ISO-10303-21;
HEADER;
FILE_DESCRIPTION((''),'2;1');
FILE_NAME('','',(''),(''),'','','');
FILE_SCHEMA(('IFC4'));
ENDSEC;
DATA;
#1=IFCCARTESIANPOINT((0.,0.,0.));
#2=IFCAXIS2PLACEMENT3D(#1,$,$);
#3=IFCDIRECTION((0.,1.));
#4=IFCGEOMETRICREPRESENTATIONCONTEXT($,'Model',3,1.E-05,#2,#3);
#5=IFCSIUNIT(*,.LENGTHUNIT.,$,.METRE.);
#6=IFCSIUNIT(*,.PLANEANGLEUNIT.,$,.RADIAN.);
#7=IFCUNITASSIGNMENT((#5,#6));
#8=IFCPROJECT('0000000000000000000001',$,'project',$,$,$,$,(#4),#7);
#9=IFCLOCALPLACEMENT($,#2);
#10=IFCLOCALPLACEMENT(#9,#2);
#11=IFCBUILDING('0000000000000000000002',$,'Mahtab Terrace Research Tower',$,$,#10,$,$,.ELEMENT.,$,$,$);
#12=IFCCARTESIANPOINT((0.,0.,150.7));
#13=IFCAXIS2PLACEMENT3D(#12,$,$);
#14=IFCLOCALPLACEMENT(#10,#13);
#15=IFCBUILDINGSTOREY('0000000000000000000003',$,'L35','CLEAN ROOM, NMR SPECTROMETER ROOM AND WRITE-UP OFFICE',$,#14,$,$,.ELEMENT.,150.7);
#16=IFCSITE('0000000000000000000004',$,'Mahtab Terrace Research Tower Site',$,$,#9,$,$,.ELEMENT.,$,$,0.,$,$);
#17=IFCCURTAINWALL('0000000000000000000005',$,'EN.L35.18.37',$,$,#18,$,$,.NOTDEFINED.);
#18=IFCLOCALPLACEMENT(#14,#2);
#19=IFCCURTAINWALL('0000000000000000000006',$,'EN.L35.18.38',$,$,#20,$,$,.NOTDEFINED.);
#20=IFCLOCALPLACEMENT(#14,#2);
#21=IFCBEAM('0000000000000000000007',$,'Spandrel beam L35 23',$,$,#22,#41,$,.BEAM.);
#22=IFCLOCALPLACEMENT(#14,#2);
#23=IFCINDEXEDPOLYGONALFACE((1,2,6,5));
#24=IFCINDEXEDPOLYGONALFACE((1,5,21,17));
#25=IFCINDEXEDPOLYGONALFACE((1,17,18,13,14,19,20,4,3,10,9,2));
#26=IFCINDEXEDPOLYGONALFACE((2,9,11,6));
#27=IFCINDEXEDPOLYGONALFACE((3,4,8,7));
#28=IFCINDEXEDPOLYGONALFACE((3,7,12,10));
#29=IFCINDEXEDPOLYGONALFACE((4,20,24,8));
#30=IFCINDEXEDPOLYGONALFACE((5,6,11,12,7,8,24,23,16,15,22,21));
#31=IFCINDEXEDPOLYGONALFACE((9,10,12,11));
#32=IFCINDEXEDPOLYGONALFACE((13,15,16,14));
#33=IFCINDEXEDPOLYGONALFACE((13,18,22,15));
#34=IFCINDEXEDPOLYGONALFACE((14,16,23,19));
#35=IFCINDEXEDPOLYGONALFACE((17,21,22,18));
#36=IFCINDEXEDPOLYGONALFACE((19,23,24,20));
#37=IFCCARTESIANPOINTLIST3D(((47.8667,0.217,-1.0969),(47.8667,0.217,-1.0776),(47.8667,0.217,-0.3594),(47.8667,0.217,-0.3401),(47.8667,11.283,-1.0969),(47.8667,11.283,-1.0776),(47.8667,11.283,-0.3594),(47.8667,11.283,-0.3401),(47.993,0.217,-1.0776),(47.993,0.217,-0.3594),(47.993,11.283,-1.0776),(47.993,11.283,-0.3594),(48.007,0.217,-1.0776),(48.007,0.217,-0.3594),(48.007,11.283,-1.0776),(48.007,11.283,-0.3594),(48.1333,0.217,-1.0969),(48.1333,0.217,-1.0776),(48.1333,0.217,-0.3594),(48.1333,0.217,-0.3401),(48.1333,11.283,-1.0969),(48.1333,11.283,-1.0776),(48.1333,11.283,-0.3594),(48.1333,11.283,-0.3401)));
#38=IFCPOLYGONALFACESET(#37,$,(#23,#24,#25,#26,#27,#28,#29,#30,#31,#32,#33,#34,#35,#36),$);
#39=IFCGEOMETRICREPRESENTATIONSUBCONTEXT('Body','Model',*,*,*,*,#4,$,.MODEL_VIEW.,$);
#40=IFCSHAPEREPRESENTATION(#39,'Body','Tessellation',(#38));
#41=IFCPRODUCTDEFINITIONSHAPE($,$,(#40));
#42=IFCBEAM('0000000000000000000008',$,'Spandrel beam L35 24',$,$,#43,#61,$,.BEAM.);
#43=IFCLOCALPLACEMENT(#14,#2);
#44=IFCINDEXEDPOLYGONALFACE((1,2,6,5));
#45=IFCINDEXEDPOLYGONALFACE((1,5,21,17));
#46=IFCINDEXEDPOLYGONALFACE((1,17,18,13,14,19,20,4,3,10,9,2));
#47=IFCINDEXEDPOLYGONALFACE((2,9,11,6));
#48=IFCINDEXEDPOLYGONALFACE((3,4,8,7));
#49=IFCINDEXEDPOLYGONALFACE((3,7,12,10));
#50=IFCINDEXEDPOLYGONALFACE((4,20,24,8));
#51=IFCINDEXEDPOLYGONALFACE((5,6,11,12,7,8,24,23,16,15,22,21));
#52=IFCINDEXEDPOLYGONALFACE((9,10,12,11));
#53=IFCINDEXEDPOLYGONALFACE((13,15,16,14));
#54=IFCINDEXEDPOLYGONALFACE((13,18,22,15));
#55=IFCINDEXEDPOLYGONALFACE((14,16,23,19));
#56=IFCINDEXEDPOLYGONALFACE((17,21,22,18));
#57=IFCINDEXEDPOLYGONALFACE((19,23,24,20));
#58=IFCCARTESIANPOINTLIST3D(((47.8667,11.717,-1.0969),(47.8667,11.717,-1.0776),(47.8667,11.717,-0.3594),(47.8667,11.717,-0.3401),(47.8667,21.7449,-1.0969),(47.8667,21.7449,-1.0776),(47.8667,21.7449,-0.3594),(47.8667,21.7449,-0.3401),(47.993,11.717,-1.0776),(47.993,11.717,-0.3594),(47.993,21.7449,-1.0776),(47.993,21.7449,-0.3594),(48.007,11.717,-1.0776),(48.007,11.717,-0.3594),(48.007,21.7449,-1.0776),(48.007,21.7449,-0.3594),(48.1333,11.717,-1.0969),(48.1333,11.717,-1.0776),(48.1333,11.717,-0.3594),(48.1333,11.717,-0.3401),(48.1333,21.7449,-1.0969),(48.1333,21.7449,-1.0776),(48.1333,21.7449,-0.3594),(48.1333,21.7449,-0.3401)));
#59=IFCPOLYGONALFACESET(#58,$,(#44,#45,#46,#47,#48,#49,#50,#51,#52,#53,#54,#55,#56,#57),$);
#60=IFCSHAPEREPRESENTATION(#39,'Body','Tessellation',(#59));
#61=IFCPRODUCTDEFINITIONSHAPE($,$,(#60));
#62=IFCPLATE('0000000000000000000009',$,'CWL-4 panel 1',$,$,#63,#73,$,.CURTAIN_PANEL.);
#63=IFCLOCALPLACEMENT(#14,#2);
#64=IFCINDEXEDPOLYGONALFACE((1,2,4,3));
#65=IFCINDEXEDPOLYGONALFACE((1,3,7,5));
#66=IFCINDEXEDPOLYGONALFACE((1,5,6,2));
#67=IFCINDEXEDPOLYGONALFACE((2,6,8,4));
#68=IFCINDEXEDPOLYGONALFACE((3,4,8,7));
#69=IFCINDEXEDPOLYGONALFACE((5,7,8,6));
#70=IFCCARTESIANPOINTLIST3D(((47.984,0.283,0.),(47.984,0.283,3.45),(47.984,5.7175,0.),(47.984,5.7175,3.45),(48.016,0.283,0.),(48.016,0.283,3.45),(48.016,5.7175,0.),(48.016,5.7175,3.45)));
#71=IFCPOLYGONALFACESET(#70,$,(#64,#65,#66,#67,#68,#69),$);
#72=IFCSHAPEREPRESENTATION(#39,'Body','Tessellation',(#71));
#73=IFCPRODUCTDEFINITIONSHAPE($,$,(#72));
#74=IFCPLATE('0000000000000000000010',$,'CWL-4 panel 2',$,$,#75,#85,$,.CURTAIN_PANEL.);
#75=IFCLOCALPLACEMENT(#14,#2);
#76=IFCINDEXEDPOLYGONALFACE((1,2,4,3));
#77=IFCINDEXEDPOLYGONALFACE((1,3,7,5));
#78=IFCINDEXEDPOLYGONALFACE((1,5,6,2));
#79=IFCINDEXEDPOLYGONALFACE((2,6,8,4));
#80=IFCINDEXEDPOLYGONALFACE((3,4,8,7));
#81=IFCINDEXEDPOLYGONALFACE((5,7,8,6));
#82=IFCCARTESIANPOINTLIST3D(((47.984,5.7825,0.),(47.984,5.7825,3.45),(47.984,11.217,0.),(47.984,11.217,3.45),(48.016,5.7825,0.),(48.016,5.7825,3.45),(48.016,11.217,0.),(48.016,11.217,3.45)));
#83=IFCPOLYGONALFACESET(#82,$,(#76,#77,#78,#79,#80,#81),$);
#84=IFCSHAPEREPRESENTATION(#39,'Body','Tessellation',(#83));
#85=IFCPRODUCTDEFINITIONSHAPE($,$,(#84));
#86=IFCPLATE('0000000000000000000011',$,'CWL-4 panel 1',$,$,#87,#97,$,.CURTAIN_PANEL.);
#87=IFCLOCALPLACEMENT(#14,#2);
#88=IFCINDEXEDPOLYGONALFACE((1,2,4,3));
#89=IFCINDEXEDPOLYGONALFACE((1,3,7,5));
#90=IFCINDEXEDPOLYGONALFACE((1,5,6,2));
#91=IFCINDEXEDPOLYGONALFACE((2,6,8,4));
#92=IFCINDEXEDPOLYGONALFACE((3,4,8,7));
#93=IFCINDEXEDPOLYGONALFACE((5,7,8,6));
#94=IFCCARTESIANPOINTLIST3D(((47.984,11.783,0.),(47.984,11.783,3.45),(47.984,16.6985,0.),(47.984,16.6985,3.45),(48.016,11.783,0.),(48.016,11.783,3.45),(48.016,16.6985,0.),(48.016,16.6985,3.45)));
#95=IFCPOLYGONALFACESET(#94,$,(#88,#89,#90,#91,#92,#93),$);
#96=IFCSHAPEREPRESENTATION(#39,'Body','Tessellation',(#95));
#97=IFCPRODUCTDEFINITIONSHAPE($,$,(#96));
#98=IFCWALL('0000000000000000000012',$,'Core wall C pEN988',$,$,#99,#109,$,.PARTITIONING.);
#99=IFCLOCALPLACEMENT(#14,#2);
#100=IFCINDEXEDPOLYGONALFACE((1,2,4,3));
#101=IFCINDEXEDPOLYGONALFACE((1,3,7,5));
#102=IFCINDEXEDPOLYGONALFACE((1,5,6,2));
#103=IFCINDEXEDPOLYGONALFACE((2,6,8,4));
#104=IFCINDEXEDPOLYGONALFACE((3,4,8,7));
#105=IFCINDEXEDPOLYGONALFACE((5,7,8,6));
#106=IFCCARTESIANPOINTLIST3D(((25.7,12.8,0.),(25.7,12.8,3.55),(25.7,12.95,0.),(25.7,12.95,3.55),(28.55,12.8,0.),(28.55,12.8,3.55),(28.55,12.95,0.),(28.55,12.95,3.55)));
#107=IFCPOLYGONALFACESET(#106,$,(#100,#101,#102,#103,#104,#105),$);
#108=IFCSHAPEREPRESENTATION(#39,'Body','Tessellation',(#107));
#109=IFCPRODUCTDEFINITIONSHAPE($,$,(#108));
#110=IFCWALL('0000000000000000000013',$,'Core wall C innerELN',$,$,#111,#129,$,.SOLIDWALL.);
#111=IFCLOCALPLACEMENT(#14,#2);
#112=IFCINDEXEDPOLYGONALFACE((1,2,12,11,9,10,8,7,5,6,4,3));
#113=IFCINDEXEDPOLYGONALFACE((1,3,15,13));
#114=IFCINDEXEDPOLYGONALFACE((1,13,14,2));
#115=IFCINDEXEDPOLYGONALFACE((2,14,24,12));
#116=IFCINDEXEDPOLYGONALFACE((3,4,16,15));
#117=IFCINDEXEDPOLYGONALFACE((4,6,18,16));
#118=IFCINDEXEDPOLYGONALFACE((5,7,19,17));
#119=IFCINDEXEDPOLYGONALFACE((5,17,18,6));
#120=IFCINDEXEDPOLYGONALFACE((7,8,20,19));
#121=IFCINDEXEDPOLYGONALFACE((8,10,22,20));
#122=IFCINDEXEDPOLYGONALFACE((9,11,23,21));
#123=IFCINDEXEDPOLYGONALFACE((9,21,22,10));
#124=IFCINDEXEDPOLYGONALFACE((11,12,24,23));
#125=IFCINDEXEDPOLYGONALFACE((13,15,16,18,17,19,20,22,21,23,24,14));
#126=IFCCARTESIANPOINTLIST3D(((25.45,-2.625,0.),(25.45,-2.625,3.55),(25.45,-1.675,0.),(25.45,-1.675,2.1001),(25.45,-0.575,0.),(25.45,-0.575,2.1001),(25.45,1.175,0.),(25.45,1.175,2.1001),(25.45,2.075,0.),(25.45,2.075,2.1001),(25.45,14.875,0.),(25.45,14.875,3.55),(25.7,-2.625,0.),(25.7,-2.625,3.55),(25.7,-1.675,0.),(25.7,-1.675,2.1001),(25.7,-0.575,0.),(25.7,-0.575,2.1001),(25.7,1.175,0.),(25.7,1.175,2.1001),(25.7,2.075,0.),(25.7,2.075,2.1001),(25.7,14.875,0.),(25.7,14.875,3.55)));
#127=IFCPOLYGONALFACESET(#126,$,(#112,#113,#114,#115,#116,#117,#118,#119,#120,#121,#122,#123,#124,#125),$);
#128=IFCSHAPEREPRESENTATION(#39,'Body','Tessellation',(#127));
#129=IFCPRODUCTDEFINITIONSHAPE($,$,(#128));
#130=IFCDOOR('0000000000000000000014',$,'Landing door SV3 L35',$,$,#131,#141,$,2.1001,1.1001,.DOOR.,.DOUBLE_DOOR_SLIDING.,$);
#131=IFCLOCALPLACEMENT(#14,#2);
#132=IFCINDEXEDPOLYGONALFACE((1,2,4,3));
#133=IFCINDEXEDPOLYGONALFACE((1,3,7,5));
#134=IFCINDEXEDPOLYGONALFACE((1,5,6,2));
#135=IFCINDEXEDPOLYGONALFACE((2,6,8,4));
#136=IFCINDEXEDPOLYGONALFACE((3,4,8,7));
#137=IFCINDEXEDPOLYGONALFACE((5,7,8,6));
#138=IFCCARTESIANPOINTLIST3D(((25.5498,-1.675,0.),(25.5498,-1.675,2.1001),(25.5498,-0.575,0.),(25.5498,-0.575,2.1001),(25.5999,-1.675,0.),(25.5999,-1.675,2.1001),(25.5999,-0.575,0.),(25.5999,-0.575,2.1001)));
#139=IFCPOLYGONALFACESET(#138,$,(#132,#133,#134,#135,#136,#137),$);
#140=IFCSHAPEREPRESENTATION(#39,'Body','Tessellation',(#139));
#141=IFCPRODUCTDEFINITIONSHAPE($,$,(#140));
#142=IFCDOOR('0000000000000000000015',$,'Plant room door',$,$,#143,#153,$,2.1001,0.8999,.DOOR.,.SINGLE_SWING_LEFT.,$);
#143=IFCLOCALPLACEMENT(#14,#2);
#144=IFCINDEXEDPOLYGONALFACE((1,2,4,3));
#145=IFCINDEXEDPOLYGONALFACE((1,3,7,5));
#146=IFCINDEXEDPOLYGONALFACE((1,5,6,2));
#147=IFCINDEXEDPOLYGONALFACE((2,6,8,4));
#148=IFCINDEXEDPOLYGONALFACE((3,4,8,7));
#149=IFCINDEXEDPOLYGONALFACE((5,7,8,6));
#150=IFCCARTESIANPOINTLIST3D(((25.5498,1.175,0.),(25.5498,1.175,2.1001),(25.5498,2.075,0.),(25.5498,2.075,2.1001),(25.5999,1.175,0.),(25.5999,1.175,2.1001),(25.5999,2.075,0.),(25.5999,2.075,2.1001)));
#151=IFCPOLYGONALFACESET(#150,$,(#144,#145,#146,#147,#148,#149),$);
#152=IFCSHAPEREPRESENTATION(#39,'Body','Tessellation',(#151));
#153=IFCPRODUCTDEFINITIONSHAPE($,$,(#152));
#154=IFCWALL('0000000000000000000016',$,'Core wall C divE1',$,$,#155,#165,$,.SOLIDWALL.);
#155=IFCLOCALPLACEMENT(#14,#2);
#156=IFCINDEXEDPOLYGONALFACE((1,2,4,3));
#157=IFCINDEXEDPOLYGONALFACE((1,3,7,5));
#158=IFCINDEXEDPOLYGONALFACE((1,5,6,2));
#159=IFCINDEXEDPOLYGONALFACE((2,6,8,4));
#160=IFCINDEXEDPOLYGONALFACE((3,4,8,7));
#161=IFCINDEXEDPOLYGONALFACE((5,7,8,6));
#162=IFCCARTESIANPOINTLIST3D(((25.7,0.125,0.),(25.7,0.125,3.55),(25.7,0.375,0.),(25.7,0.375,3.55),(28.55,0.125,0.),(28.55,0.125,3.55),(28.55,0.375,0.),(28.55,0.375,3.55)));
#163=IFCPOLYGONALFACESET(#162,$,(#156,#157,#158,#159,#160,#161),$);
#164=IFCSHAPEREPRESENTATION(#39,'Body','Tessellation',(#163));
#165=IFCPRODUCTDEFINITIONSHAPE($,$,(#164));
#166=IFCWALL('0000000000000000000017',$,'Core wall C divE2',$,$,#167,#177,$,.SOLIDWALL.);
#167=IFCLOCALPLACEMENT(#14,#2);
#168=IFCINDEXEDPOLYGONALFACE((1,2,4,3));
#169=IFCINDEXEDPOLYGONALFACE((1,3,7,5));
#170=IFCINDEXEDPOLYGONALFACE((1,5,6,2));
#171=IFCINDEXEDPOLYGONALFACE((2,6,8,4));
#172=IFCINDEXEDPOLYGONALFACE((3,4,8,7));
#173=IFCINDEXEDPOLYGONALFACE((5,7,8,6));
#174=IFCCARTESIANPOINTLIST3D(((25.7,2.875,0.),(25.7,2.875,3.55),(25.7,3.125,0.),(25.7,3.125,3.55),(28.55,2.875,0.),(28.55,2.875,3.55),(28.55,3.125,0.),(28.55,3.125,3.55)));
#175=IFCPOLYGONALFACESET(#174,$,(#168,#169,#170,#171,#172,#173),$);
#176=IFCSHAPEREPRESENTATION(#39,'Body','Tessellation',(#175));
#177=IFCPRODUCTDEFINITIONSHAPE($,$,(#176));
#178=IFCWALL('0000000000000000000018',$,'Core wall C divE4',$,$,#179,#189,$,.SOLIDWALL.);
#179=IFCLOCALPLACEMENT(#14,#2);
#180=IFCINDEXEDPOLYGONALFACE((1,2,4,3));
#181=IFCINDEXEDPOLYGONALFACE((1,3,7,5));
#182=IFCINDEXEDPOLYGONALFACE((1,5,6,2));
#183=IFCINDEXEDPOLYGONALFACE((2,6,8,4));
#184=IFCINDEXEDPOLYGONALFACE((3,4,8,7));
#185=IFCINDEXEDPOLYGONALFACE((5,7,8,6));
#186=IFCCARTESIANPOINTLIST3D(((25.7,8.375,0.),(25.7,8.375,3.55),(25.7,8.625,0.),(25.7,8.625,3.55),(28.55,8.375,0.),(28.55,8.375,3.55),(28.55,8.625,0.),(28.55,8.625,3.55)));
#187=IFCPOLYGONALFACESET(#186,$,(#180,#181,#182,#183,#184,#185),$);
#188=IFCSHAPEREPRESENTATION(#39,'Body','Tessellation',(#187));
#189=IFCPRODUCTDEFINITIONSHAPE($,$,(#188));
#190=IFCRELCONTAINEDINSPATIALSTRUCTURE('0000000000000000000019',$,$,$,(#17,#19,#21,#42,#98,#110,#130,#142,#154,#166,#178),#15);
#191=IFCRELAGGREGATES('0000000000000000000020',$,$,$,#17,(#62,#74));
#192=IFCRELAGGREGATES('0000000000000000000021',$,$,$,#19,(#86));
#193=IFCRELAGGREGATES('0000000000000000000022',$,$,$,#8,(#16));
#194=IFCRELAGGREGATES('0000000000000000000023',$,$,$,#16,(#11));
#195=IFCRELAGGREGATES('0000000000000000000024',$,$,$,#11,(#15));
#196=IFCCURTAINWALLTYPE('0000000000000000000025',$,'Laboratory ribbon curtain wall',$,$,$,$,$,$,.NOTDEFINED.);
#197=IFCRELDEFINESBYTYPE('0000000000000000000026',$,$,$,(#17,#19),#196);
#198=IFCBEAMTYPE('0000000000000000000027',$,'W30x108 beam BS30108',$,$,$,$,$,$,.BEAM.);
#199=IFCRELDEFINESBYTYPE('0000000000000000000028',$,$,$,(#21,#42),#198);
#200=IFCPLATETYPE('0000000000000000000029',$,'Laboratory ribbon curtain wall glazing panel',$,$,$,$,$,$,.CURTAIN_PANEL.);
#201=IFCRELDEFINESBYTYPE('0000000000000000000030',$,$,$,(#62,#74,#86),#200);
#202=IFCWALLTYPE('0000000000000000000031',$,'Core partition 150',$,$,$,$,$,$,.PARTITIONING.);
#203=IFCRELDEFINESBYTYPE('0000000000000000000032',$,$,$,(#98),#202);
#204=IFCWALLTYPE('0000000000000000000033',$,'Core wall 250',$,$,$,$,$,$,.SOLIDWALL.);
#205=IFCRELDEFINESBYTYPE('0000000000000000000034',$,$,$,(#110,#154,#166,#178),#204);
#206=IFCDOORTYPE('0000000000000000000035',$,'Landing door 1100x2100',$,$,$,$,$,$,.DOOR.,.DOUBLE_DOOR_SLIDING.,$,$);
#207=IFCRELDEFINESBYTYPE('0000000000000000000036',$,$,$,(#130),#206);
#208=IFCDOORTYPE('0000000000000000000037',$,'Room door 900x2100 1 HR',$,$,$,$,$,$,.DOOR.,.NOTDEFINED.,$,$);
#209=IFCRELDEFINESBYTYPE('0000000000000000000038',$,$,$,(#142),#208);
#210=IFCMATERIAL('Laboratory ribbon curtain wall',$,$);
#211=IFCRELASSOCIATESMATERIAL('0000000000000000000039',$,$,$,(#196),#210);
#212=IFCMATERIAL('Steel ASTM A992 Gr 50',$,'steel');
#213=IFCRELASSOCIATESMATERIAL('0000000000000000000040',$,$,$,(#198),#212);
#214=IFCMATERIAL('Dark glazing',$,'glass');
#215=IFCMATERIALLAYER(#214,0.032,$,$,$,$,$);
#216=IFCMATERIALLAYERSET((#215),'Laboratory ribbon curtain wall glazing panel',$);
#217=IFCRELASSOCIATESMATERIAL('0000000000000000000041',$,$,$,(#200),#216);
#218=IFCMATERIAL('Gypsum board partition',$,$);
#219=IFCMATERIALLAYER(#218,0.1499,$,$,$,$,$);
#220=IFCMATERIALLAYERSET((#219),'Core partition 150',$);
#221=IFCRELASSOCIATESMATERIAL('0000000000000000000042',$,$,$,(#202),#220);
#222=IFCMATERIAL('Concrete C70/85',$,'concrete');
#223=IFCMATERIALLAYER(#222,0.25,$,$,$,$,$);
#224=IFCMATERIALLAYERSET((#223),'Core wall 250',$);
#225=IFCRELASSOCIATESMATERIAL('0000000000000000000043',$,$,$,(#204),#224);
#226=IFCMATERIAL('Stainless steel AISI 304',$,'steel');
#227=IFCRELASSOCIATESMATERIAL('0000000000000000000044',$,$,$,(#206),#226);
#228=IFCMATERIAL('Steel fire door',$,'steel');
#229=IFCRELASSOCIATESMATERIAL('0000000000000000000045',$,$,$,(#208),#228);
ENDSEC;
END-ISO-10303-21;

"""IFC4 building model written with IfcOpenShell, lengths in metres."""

from ifc_helpers import new_model, si_unit, direction, frame, frame_2d, origin, origin_2d, place, context, subcontext, project, spatial, rectangle, i_section, extrude, material, layer, layer_set, material_profile, profile_set, type_object, element, fill, aggregate, save


model = new_model("IFC4")

# Units and contexts
model_context = context("Model", 3, precision=1e-05, world=origin(), true_north=direction((0.0, 1.0)))
body_context = subcontext(model_context, "Body", "Model", "MODEL_VIEW")
ifc_project = project(units=[si_unit("LENGTHUNIT", "METRE"), si_unit("PLANEANGLEUNIT", "RADIAN")], contexts=[model_context])

# Site, building, storey
site_placement = place(None, origin())
site = spatial("IfcSite", under=ifc_project, at=site_placement, Name="Mahtab Terrace Research Tower Site", CompositionType="ELEMENT", RefElevation=0.0)
building_placement = place(site_placement, origin())
building = spatial("IfcBuilding", under=site, at=building_placement, Name="Mahtab Terrace Research Tower", CompositionType="ELEMENT")
storey_placement = place(building_placement, frame((0.0, 0.0, 150.7)))
storey = spatial("IfcBuildingStorey", under=building, at=storey_placement, Name="L35", Description="CLEAN ROOM, NMR SPECTROMETER ROOM AND WRITE-UP OFFICE", CompositionType="ELEMENT", Elevation=150.7)

# Shared definitions
ifc_material_1 = material(Name="Concrete C70/85", Category="concrete")
ifc_material_2 = material(Name="Steel ASTM A992 Gr 50", Category="steel")

# Curtain walls
ifc_material_3 = material(Name="Laboratory ribbon curtain wall")
curtain_wall_type = type_object("IfcCurtainWallType", Name="Laboratory ribbon curtain wall", PredefinedType="NOTDEFINED", material=ifc_material_3)
curtain_wall_1_placement = place(storey_placement, origin())
curtain_wall_1 = element("IfcCurtainWall", 1, at=curtain_wall_1_placement, inside=storey, type_object=curtain_wall_type, Name="EN.L35.18.37", PredefinedType="NOTDEFINED")
curtain_wall_2_placement = place(storey_placement, origin())
curtain_wall_2 = element("IfcCurtainWall", 2, at=curtain_wall_2_placement, inside=storey, type_object=curtain_wall_type, Name="EN.L35.18.38", PredefinedType="NOTDEFINED")

# Beams
ifc_material_profile_1 = material_profile(ifc_material_2, i_section(OverallWidth=0.2666, OverallDepth=0.7568, WebThickness=0.0139, FlangeThickness=0.0193, at=origin_2d()), Name="W30X108")
ifc_profile_set_1 = profile_set([ifc_material_profile_1], Name="Steel ASTM A992 Gr 50")
beam_type = type_object("IfcBeamType", Name="W30x108 beam BS30108", PredefinedType="BEAM", material=ifc_profile_set_1)
beam_1_placement = place(storey_placement, frame((48.0, 0.217, -0.7185), z_axis=(0.0, 1.0, 0.0), x_axis=(-1.0, 0.0, 0.0)))
element("IfcBeam", 3, at=beam_1_placement, inside=storey, type_object=beam_type, Name="Spandrel beam L35 23", PredefinedType="BEAM", context=body_context, shape_type="SweptSolid", body=[
    extrude(i_section(OverallWidth=0.2666, OverallDepth=0.7568, WebThickness=0.0139, FlangeThickness=0.0193, at=origin_2d()), origin(), (0.0, 0.0, 1.0), 11.0659),
])
beam_2_placement = place(storey_placement, frame((48.0, 11.717, -0.7185), z_axis=(0.0, 1.0, 0.0), x_axis=(-1.0, 0.0, 0.0)))
element("IfcBeam", 4, at=beam_2_placement, inside=storey, type_object=beam_type, Name="Spandrel beam L35 24", PredefinedType="BEAM", context=body_context, shape_type="SweptSolid", body=[
    extrude(i_section(OverallWidth=0.2666, OverallDepth=0.7568, WebThickness=0.0139, FlangeThickness=0.0193, at=origin_2d()), origin(), (0.0, 0.0, 1.0), 10.0278),
])

# Plates
ifc_material_4 = material(Name="Dark glazing", Category="glass")
ifc_layer_1 = layer(ifc_material_4, 0.032)
ifc_layer_set_1 = layer_set([ifc_layer_1], Name="Laboratory ribbon curtain wall glazing panel")
plate_type = type_object("IfcPlateType", Name="Laboratory ribbon curtain wall glazing panel", PredefinedType="CURTAIN_PANEL", material=ifc_layer_set_1)
plate_1_placement = place(storey_placement, frame((48.0, 3.0002, 0.0), z_axis=(0.0, 0.0, 1.0), x_axis=(0.0, 1.0, 0.0)))
plate_1 = element("IfcPlate", 5, at=plate_1_placement, type_object=plate_type, Name="CWL-4 panel 1", PredefinedType="CURTAIN_PANEL", context=body_context, shape_type="SweptSolid", body=[
    extrude(rectangle(XDim=5.4346, YDim=0.032, at=origin_2d()), origin(), (0.0, 0.0, 1.0), 3.45),
])
plate_2_placement = place(storey_placement, frame((48.0, 8.4998, 0.0), z_axis=(0.0, 0.0, 1.0), x_axis=(0.0, 1.0, 0.0)))
plate_2 = element("IfcPlate", 6, at=plate_2_placement, type_object=plate_type, Name="CWL-4 panel 2", PredefinedType="CURTAIN_PANEL", context=body_context, shape_type="SweptSolid", body=[
    extrude(rectangle(XDim=5.4346, YDim=0.032, at=origin_2d()), origin(), (0.0, 0.0, 1.0), 3.45),
])
aggregate(curtain_wall_1, [plate_1, plate_2])
plate_3_placement = place(storey_placement, frame((48.0, 14.2407, 0.0), z_axis=(0.0, 0.0, 1.0), x_axis=(0.0, 1.0, 0.0)))
plate_3 = element("IfcPlate", 7, at=plate_3_placement, type_object=plate_type, Name="CWL-4 panel 1", PredefinedType="CURTAIN_PANEL", context=body_context, shape_type="SweptSolid", body=[
    extrude(rectangle(XDim=4.9155, YDim=0.032, at=origin_2d()), origin(), (0.0, 0.0, 1.0), 3.45),
])
aggregate(curtain_wall_2, [plate_3])

# Wall
ifc_material_5 = material(Name="Gypsum board partition")
ifc_layer_2 = layer(ifc_material_5, 0.1499)
ifc_layer_set_2 = layer_set([ifc_layer_2], Name="Core partition 150")
wall_type_1 = type_object("IfcWallType", Name="Core partition 150", PredefinedType="PARTITIONING", material=ifc_layer_set_2)
wall_1_placement = place(storey_placement, frame((25.7, 12.875, 0.0), z_axis=(0.0, 0.0, 1.0), x_axis=(1.0, 0.0, 0.0)))
element("IfcWall", 8, at=wall_1_placement, inside=storey, type_object=wall_type_1, Name="Core wall C pEN988", PredefinedType="PARTITIONING", context=body_context, shape_type="SweptSolid", body=[
    extrude(rectangle(XDim=2.8501, YDim=0.1499, at=frame_2d((1.425, 0.0))), origin(), (0.0, 0.0, 1.0), 3.55),
])

# Wall, openings, doors
ifc_layer_3 = layer(ifc_material_1, 0.25)
ifc_layer_set_3 = layer_set([ifc_layer_3], Name="Core wall 250")
wall_type_2 = type_object("IfcWallType", Name="Core wall 250", PredefinedType="SOLIDWALL", material=ifc_layer_set_3)
wall_2_placement = place(storey_placement, frame((25.575, 14.875, 0.0), z_axis=(0.0, 0.0, 1.0), x_axis=(0.0, -1.0, 0.0)))
wall_2 = element("IfcWall", 9, at=wall_2_placement, inside=storey, type_object=wall_type_2, Name="Core wall C innerELN", PredefinedType="SOLIDWALL", context=body_context, shape_type="SweptSolid", body=[
    extrude(rectangle(XDim=17.5, YDim=0.25, at=frame_2d((8.75, 0.0))), origin(), (0.0, 0.0, 1.0), 3.55),
])
opening_1_placement = place(wall_2_placement, frame((15.45, 0.0, 0.0)))
opening_1 = element("IfcOpeningElement", 10, at=opening_1_placement, cuts=wall_2, PredefinedType="OPENING", context=body_context, shape_type="SweptSolid", body=[
    extrude(rectangle(XDim=1.1001, YDim=2.1001, at=frame_2d((0.55, 1.05))), frame((0.0, 0.135, 0.0), z_axis=(0.0, -1.0, 0.0), x_axis=(1.0, 0.0, 0.0)), (0.0, 0.0, 1.0), 0.27),
])
opening_2_placement = place(wall_2_placement, frame((12.8, 0.0, 0.0)))
opening_2 = element("IfcOpeningElement", 11, at=opening_2_placement, cuts=wall_2, PredefinedType="OPENING", context=body_context, shape_type="SweptSolid", body=[
    extrude(rectangle(XDim=0.8999, YDim=2.1001, at=frame_2d((0.45, 1.05))), frame((0.0, 0.135, 0.0), z_axis=(0.0, -1.0, 0.0), x_axis=(1.0, 0.0, 0.0)), (0.0, 0.0, 1.0), 0.27),
])
ifc_material_6 = material(Name="Stainless steel AISI 304", Category="steel")
door_type_1 = type_object("IfcDoorType", Name="Landing door 1100x2100", OperationType="DOUBLE_DOOR_SLIDING", PredefinedType="DOOR", material=ifc_material_6)
door_1_placement = place(opening_1_placement, origin())
door_1 = element("IfcDoor", 12, at=door_1_placement, inside=storey, type_object=door_type_1, Name="Landing door SV3 L35", OperationType="DOUBLE_DOOR_SLIDING", OverallHeight=2.1001, OverallWidth=1.1001, PredefinedType="DOOR", context=body_context, shape_type="SweptSolid", body=[
    extrude(rectangle(XDim=1.1001, YDim=2.1001, at=frame_2d((0.55, 1.05))), frame((0.0, 0.0249, 0.0), z_axis=(0.0, -1.0, 0.0), x_axis=(1.0, 0.0, 0.0)), (0.0, 0.0, 1.0), 0.05),
])
fill(opening_1, door_1)
ifc_material_7 = material(Name="Steel fire door", Category="steel")
door_type_2 = type_object("IfcDoorType", Name="Room door 900x2100 1 HR", OperationType="NOTDEFINED", PredefinedType="DOOR", material=ifc_material_7)
door_2_placement = place(opening_2_placement, origin())
door_2 = element("IfcDoor", 13, at=door_2_placement, inside=storey, type_object=door_type_2, Name="Plant room door", OperationType="SINGLE_SWING_LEFT", OverallHeight=2.1001, OverallWidth=0.8999, PredefinedType="DOOR", context=body_context, shape_type="SweptSolid", body=[
    extrude(rectangle(XDim=0.8999, YDim=2.1001, at=frame_2d((0.45, 1.05))), frame((0.0, 0.0249, 0.0), z_axis=(0.0, -1.0, 0.0), x_axis=(1.0, 0.0, 0.0)), (0.0, 0.0, 1.0), 0.05),
])
fill(opening_2, door_2)

# Walls
for number, where, z_axis, x_axis, name in (
    (14, (25.7, 0.25, 0.0), (0.0, 0.0, 1.0), (1.0, 0.0, 0.0), "Core wall C divE1"),
    (15, (25.7, 3.0, 0.0), (0.0, 0.0, 1.0), (1.0, 0.0, 0.0), "Core wall C divE2"),
    (16, (25.7, 8.5, 0.0), (0.0, 0.0, 1.0), (1.0, 0.0, 0.0), "Core wall C divE4"),
):
    element("IfcWall", number, at=place(storey_placement, frame(where, z_axis=z_axis, x_axis=x_axis)), inside=storey, type_object=wall_type_2, Name=name, PredefinedType="SOLIDWALL", context=body_context, shape_type="SweptSolid", body=[
        extrude(rectangle(XDim=2.8501, YDim=0.25, at=frame_2d((1.425, 0.0))), origin(), (0.0, 0.0, 1.0), 3.55),
    ])

save(model, "model.ifc")
